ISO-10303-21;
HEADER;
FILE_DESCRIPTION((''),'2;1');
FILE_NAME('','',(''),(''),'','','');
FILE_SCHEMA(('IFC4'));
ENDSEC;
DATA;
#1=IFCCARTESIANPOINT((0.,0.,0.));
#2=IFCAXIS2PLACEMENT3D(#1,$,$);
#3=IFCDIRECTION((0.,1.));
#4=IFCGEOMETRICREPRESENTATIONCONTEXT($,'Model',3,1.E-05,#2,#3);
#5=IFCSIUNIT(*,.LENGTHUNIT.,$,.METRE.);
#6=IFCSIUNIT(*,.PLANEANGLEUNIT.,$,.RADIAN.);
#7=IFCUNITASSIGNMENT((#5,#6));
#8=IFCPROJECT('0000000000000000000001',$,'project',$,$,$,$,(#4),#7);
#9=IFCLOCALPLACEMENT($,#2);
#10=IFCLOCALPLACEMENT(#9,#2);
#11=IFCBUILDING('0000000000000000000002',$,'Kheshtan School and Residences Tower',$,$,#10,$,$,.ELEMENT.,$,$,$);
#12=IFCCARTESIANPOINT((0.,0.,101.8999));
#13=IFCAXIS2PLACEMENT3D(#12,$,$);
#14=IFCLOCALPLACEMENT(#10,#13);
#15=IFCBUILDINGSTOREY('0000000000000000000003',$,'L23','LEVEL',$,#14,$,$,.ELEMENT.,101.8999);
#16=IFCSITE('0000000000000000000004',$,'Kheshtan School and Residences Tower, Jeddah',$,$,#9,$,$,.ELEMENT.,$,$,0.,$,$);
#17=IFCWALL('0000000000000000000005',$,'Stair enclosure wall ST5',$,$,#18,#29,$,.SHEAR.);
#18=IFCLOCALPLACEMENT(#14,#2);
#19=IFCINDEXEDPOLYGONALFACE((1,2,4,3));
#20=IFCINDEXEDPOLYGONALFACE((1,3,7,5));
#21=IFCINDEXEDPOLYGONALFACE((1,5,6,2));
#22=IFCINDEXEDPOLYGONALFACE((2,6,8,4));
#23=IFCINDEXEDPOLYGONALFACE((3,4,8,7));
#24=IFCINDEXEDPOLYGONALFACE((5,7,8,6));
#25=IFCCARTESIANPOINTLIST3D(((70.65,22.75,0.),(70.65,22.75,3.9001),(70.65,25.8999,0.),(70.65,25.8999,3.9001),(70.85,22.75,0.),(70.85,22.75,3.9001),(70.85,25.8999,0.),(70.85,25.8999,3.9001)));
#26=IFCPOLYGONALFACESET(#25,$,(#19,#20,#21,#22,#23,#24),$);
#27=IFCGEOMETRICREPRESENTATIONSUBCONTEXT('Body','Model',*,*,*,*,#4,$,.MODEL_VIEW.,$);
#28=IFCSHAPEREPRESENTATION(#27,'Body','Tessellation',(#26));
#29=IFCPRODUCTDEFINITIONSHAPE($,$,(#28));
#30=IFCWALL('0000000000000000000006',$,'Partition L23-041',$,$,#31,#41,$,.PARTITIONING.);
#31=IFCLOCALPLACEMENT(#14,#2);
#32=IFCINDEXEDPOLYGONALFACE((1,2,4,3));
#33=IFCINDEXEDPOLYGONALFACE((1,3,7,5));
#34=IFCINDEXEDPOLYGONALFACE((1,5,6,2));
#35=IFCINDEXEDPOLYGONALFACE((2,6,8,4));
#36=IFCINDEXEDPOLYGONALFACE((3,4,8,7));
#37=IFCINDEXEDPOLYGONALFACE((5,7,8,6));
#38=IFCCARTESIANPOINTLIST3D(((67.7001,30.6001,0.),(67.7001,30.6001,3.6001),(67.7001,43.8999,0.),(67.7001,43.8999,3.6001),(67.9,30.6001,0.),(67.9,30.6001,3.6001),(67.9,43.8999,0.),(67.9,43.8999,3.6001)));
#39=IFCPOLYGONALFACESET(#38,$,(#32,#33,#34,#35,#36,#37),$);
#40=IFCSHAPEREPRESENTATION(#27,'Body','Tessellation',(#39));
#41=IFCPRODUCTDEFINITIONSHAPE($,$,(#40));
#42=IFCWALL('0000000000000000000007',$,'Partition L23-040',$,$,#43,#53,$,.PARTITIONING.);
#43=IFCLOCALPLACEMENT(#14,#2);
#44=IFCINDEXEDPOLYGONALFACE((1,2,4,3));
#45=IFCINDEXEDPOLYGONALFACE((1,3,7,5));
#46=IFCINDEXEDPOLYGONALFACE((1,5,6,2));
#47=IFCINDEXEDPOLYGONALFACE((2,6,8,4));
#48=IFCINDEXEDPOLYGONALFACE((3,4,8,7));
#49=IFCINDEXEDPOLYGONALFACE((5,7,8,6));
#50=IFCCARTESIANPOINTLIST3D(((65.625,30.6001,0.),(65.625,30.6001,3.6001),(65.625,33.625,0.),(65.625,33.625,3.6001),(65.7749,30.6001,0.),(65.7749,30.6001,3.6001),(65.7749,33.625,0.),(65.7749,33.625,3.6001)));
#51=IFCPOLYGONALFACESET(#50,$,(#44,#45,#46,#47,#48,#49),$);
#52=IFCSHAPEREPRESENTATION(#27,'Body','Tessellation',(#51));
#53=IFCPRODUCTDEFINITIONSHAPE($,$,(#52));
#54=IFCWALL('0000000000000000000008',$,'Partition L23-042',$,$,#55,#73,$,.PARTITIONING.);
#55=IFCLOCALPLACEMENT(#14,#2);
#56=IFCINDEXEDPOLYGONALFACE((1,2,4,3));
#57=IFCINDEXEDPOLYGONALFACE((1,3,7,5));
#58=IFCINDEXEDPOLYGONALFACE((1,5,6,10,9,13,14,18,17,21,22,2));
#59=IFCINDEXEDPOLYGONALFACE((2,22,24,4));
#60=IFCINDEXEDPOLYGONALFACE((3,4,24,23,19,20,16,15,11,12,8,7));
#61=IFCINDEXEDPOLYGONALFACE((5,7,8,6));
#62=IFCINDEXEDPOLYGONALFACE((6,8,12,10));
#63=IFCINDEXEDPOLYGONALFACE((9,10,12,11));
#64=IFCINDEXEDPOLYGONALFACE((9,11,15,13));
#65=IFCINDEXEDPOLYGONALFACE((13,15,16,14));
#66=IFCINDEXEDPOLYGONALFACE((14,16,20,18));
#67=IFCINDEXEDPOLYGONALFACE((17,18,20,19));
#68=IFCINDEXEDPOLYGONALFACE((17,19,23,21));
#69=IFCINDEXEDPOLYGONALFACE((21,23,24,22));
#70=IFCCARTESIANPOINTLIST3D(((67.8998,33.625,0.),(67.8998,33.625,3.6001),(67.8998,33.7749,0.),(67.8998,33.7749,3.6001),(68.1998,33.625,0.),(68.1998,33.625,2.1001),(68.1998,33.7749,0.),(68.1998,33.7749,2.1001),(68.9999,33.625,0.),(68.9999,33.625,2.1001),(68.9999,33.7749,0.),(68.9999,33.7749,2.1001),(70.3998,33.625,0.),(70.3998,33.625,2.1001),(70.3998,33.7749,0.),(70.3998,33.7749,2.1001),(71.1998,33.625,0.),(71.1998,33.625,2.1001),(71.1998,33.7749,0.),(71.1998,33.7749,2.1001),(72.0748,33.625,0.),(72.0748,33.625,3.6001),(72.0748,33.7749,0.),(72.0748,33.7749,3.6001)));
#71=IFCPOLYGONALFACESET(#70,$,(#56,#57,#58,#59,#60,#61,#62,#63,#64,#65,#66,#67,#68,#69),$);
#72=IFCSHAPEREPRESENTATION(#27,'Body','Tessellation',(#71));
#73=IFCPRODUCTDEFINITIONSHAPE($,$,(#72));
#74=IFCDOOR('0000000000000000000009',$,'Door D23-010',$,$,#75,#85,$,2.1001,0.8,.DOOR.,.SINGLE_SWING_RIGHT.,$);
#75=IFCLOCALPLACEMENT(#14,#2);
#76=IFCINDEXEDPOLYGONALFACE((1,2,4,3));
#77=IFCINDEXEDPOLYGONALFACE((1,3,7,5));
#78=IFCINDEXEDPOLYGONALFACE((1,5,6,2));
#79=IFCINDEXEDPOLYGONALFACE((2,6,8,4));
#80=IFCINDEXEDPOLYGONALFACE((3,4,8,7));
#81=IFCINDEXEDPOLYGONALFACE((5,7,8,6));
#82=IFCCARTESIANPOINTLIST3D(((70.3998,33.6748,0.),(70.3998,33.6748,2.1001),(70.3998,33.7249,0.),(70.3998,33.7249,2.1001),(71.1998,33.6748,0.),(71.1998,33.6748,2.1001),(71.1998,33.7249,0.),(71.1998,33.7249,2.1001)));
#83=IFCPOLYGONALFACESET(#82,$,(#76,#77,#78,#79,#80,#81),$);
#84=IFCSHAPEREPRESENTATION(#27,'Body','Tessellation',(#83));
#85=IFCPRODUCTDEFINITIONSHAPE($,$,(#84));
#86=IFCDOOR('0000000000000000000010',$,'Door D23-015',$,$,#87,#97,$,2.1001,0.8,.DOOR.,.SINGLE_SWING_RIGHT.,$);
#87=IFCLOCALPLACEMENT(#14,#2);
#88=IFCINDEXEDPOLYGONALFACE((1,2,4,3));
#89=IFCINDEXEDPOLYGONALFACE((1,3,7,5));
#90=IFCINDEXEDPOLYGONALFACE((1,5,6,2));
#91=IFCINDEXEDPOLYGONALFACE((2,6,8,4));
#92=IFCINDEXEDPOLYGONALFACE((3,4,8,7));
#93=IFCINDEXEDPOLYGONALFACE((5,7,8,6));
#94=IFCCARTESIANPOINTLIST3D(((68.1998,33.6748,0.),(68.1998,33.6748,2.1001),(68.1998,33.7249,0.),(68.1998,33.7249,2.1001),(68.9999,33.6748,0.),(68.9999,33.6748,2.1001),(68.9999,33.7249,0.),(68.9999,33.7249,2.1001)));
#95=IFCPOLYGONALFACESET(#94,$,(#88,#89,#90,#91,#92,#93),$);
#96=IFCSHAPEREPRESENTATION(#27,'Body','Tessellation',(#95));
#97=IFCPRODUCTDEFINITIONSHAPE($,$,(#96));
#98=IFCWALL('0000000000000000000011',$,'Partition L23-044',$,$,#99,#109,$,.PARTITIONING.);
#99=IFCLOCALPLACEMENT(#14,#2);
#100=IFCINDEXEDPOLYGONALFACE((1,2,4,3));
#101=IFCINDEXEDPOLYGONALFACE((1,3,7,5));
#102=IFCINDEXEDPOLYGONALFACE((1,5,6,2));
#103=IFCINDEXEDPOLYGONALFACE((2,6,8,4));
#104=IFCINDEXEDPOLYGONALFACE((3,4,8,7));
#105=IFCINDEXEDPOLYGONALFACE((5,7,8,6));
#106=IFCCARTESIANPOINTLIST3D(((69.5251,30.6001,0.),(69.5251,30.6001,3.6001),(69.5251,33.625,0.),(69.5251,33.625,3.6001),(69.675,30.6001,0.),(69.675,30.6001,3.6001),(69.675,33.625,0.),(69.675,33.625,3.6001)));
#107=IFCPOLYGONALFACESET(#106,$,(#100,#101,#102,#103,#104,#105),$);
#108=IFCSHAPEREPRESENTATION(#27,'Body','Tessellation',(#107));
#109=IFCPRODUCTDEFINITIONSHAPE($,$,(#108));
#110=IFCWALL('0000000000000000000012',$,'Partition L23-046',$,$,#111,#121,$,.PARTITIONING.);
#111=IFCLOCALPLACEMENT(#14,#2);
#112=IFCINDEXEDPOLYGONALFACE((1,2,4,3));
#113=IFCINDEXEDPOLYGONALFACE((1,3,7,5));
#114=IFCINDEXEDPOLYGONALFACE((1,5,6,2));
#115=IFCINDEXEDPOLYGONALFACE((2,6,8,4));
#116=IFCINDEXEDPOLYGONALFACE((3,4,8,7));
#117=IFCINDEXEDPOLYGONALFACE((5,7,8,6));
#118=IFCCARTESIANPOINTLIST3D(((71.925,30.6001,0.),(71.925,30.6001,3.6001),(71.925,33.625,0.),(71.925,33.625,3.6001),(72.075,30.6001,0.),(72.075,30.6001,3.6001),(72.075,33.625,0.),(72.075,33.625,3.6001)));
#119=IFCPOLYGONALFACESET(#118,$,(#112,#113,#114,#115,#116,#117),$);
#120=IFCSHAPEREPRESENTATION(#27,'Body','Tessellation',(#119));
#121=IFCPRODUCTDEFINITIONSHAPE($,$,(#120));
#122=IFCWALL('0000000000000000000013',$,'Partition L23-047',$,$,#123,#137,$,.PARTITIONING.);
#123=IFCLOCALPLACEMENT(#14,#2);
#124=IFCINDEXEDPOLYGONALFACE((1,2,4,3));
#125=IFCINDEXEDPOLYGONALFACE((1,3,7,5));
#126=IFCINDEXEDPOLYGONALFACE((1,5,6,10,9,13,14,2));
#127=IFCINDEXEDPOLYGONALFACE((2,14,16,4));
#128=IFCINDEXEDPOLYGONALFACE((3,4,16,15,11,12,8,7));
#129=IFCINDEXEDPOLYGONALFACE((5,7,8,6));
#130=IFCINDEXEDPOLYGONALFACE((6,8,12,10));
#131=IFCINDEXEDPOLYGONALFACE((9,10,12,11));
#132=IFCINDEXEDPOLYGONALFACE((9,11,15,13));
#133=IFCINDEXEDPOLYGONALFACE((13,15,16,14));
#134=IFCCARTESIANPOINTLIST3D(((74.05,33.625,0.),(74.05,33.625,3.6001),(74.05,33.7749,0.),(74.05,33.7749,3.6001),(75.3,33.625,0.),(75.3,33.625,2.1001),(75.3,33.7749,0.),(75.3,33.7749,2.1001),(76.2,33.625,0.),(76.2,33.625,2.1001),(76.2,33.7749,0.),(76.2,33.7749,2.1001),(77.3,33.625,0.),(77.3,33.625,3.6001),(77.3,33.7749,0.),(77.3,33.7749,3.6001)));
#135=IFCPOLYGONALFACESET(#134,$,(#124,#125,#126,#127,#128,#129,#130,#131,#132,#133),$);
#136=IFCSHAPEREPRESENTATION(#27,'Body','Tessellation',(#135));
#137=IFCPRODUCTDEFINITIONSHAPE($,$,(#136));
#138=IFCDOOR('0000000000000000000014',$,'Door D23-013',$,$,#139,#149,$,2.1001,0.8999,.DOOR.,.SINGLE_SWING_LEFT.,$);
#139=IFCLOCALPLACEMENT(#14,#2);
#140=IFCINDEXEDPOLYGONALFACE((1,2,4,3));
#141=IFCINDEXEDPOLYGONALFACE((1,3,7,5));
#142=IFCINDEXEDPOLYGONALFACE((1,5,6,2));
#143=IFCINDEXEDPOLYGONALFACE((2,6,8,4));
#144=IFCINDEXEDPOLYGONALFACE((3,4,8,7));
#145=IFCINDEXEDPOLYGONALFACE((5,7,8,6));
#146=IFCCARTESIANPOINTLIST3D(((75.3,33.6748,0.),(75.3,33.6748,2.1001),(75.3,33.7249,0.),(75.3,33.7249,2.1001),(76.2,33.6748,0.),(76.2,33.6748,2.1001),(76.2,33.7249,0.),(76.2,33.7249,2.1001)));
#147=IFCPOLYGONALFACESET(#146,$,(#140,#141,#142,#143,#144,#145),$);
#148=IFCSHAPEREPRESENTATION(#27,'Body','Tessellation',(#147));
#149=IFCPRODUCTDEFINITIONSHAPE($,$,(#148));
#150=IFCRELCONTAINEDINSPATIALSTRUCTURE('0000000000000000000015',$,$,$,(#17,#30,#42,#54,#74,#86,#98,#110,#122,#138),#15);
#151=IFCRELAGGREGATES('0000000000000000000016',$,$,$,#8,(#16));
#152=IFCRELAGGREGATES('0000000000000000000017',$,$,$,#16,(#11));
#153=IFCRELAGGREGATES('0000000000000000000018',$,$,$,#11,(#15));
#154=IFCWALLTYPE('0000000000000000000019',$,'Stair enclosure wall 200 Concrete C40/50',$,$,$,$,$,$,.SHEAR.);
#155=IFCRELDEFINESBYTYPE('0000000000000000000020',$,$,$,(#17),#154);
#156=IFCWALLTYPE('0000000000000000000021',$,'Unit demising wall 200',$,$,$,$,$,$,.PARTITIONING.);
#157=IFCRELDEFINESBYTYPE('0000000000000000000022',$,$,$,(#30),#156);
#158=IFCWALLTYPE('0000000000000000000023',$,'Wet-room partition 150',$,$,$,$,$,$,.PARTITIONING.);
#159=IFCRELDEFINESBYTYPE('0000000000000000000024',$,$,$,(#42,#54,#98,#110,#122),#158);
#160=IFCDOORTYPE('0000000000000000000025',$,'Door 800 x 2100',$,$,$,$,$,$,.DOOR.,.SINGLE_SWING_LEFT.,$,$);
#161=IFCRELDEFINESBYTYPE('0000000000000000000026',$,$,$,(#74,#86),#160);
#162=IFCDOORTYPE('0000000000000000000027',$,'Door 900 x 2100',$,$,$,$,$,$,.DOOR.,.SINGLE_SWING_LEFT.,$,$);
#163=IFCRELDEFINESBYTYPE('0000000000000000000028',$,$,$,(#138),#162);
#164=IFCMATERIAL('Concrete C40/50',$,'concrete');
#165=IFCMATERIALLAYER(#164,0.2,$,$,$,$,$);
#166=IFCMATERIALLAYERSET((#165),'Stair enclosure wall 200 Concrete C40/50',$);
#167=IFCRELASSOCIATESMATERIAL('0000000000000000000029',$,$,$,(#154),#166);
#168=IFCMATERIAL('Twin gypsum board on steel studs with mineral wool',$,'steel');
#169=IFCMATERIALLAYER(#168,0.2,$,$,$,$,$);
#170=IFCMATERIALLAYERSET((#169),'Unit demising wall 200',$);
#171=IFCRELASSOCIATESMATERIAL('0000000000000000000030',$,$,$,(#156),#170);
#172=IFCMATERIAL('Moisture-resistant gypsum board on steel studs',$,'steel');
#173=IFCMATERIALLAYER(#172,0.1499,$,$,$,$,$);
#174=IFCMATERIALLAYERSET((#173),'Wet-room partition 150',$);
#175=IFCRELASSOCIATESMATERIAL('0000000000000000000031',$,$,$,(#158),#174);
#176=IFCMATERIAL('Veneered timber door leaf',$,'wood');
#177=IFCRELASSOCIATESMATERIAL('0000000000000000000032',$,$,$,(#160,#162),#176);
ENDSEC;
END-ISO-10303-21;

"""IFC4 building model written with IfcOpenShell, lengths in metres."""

from ifc_helpers import new_model, si_unit, direction, frame, frame_2d, origin, place, context, subcontext, project, spatial, rectangle, extrude, source, transform, mapped, material, layer, layer_set, type_object, element, fill, save


model = new_model("IFC4")

# Units and contexts
model_context = context("Model", 3, precision=1e-05, world=origin(), true_north=direction((0.0, 1.0)))
body_context = subcontext(model_context, "Body", "Model", "MODEL_VIEW")
ifc_project = project(units=[si_unit("LENGTHUNIT", "METRE"), si_unit("PLANEANGLEUNIT", "RADIAN")], contexts=[model_context])

# Site, building, storey
site_placement = place(None, origin())
site = spatial("IfcSite", under=ifc_project, at=site_placement, Name="Kheshtan School and Residences Tower, Jeddah", CompositionType="ELEMENT", RefElevation=0.0)
building_placement = place(site_placement, origin())
building = spatial("IfcBuilding", under=site, at=building_placement, Name="Kheshtan School and Residences Tower", CompositionType="ELEMENT")
storey_placement = place(building_placement, frame((0.0, 0.0, 101.8999)))
storey = spatial("IfcBuildingStorey", under=building, at=storey_placement, Name="L23", Description="LEVEL", CompositionType="ELEMENT", Elevation=101.8999)

# Shared definitions
ifc_material_1 = material(Name="Concrete C40/50", Category="concrete")
ifc_layer_1 = layer(ifc_material_1, 0.2)
ifc_layer_set_1 = layer_set([ifc_layer_1], Name="Stair enclosure wall 200 Concrete C40/50")
wall_type_1 = type_object("IfcWallType", Name="Stair enclosure wall 200 Concrete C40/50", PredefinedType="SHEAR", material=ifc_layer_set_1)

# Walls
wall_1_placement = place(storey_placement, frame((70.75, 22.75, 0.0), z_axis=(0.0, 0.0, 1.0), x_axis=(0.0, 1.0, 0.0)))
element("IfcWall", 1, at=wall_1_placement, inside=storey, type_object=wall_type_1, Name="Stair enclosure wall ST5", PredefinedType="SHEAR", context=body_context, shape_type="SweptSolid", body=[
    extrude(rectangle(XDim=3.1499, YDim=0.2, at=frame_2d((1.575, 0.0))), origin(), (0.0, 0.0, 1.0), 3.9001),
])
ifc_material_2 = material(Name="Twin gypsum board on steel studs with mineral wool", Category="steel")
ifc_layer_2 = layer(ifc_material_2, 0.2)
ifc_layer_set_2 = layer_set([ifc_layer_2], Name="Unit demising wall 200")
wall_type_2 = type_object("IfcWallType", Name="Unit demising wall 200", PredefinedType="PARTITIONING", material=ifc_layer_set_2)
wall_2_placement = place(storey_placement, frame((67.8, 30.6001, 0.0), z_axis=(0.0, 0.0, 1.0), x_axis=(0.0, 1.0, 0.0)))
element("IfcWall", 2, at=wall_2_placement, inside=storey, type_object=wall_type_2, Name="Partition L23-041", PredefinedType="PARTITIONING", context=body_context, shape_type="SweptSolid", body=[
    extrude(rectangle(XDim=13.2998, YDim=0.2, at=frame_2d((6.6499, 0.0))), origin(), (0.0, 0.0, 1.0), 3.6001),
])
ifc_material_3 = material(Name="Moisture-resistant gypsum board on steel studs", Category="steel")
ifc_layer_3 = layer(ifc_material_3, 0.1499)
ifc_layer_set_3 = layer_set([ifc_layer_3], Name="Wet-room partition 150")
wall_type_3 = type_object("IfcWallType", Name="Wet-room partition 150", PredefinedType="PARTITIONING", material=ifc_layer_set_3)
wall_3_placement = place(storey_placement, frame((65.7, 30.6001, 0.0), z_axis=(0.0, 0.0, 1.0), x_axis=(0.0, 1.0, 0.0)))
element("IfcWall", 3, at=wall_3_placement, inside=storey, type_object=wall_type_3, Name="Partition L23-040", PredefinedType="PARTITIONING", context=body_context, shape_type="SweptSolid", body=[
    extrude(rectangle(XDim=3.0249, YDim=0.1499, at=frame_2d((1.5125, 0.0))), origin(), (0.0, 0.0, 1.0), 3.6001),
])

# Wall, openings, doors
wall_4_placement = place(storey_placement, frame((67.8999, 33.7, 0.0), z_axis=(0.0, 0.0, 1.0), x_axis=(1.0, 0.0, 0.0)))
wall_4 = element("IfcWall", 4, at=wall_4_placement, inside=storey, type_object=wall_type_3, Name="Partition L23-042", PredefinedType="PARTITIONING", context=body_context, shape_type="SweptSolid", body=[
    extrude(rectangle(XDim=4.175, YDim=0.1499, at=frame_2d((2.0874, 0.0))), origin(), (0.0, 0.0, 1.0), 3.6001),
])
opening_1_placement = place(wall_4_placement, frame((2.5, 0.0, 0.0)))
opening_1 = element("IfcOpeningElement", 5, at=opening_1_placement, cuts=wall_4, PredefinedType="OPENING", context=body_context, shape_type="SweptSolid", body=[
    extrude(rectangle(XDim=0.8, YDim=2.1001, at=frame_2d((0.3999, 1.05))), frame((0.0, 0.085, 0.0), z_axis=(0.0, -1.0, 0.0), x_axis=(1.0, 0.0, 0.0)), (0.0, 0.0, 1.0), 0.1699),
])
opening_2_placement = place(wall_4_placement, frame((0.3, 0.0, 0.0)))
opening_2 = element("IfcOpeningElement", 6, at=opening_2_placement, cuts=wall_4, PredefinedType="OPENING", context=body_context, shape_type="SweptSolid", body=[
    extrude(rectangle(XDim=0.8, YDim=2.1001, at=frame_2d((0.3999, 1.05))), frame((0.0, 0.085, 0.0), z_axis=(0.0, -1.0, 0.0), x_axis=(1.0, 0.0, 0.0)), (0.0, 0.0, 1.0), 0.1699),
])
ifc_material_4 = material(Name="Veneered timber door leaf", Category="wood")
door_type_1 = type_object("IfcDoorType", Name="Door 800 x 2100", OperationType="SINGLE_SWING_LEFT", PredefinedType="DOOR", material=ifc_material_4)
shared_shape_1 = source(origin(), body_context, "Body", "SweptSolid", [
    extrude(rectangle(XDim=0.8, YDim=2.1001, at=frame_2d((0.3999, 1.05))), frame((0.0, 0.0249, 0.0), z_axis=(0.0, -1.0, 0.0), x_axis=(1.0, 0.0, 0.0)), (0.0, 0.0, 1.0), 0.05),
])
door_1_placement = place(opening_1_placement, origin())
door_1 = element("IfcDoor", 7, at=door_1_placement, inside=storey, type_object=door_type_1, Name="Door D23-010", OperationType="SINGLE_SWING_RIGHT", OverallHeight=2.1001, OverallWidth=0.8, PredefinedType="DOOR", context=body_context, shape_type="MappedRepresentation", body=[
    mapped(shared_shape_1, transform((0.0, 0.0, 0.0), x_axis=(1.0, 0.0, 0.0), y_axis=(0.0, 1.0, 0.0), z_axis=(0.0, 0.0, 1.0), scale=1.0)),
])
fill(opening_1, door_1)
door_2_placement = place(opening_2_placement, origin())
door_2 = element("IfcDoor", 8, at=door_2_placement, inside=storey, type_object=door_type_1, Name="Door D23-015", OperationType="SINGLE_SWING_RIGHT", OverallHeight=2.1001, OverallWidth=0.8, PredefinedType="DOOR", context=body_context, shape_type="MappedRepresentation", body=[
    mapped(shared_shape_1, transform((0.0, 0.0, 0.0), x_axis=(1.0, 0.0, 0.0), y_axis=(0.0, 1.0, 0.0), z_axis=(0.0, 0.0, 1.0), scale=1.0)),
])
fill(opening_2, door_2)

# Walls
for number, where, z_axis, x_axis, name in (
    (9, (69.6001, 30.6001, 0.0), (0.0, 0.0, 1.0), (0.0, 1.0, 0.0), "Partition L23-044"),
    (10, (72.0, 30.6001, 0.0), (0.0, 0.0, 1.0), (0.0, 1.0, 0.0), "Partition L23-046"),
):
    element("IfcWall", number, at=place(storey_placement, frame(where, z_axis=z_axis, x_axis=x_axis)), inside=storey, type_object=wall_type_3, Name=name, PredefinedType="PARTITIONING", context=body_context, shape_type="SweptSolid", body=[
        extrude(rectangle(XDim=3.0249, YDim=0.1499, at=frame_2d((1.5125, 0.0))), origin(), (0.0, 0.0, 1.0), 3.6001),
    ])

# Wall, opening, door
wall_5_placement = place(storey_placement, frame((74.05, 33.7, 0.0), z_axis=(0.0, 0.0, 1.0), x_axis=(1.0, 0.0, 0.0)))
wall_5 = element("IfcWall", 11, at=wall_5_placement, inside=storey, type_object=wall_type_3, Name="Partition L23-047", PredefinedType="PARTITIONING", context=body_context, shape_type="SweptSolid", body=[
    extrude(rectangle(XDim=3.25, YDim=0.1499, at=frame_2d((1.625, 0.0))), origin(), (0.0, 0.0, 1.0), 3.6001),
])
opening_3_placement = place(wall_5_placement, frame((1.25, 0.0, 0.0)))
opening_3 = element("IfcOpeningElement", 12, at=opening_3_placement, cuts=wall_5, PredefinedType="OPENING", context=body_context, shape_type="SweptSolid", body=[
    extrude(rectangle(XDim=0.8999, YDim=2.1001, at=frame_2d((0.45, 1.05))), frame((0.0, 0.085, 0.0), z_axis=(0.0, -1.0, 0.0), x_axis=(1.0, 0.0, 0.0)), (0.0, 0.0, 1.0), 0.1699),
])
door_type_2 = type_object("IfcDoorType", Name="Door 900 x 2100", OperationType="SINGLE_SWING_LEFT", PredefinedType="DOOR", material=ifc_material_4)
shared_shape_2 = source(origin(), body_context, "Body", "SweptSolid", [
    extrude(rectangle(XDim=0.8999, YDim=2.1001, at=frame_2d((0.45, 1.05))), frame((0.0, 0.0249, 0.0), z_axis=(0.0, -1.0, 0.0), x_axis=(1.0, 0.0, 0.0)), (0.0, 0.0, 1.0), 0.05),
])
door_3_placement = place(opening_3_placement, origin())
door_3 = element("IfcDoor", 13, at=door_3_placement, inside=storey, type_object=door_type_2, Name="Door D23-013", OperationType="SINGLE_SWING_LEFT", OverallHeight=2.1001, OverallWidth=0.8999, PredefinedType="DOOR", context=body_context, shape_type="MappedRepresentation", body=[
    mapped(shared_shape_2, transform((0.0, 0.0, 0.0), x_axis=(1.0, 0.0, 0.0), y_axis=(0.0, 1.0, 0.0), z_axis=(0.0, 0.0, 1.0), scale=1.0)),
])
fill(opening_3, door_3)

save(model, "model.ifc")
